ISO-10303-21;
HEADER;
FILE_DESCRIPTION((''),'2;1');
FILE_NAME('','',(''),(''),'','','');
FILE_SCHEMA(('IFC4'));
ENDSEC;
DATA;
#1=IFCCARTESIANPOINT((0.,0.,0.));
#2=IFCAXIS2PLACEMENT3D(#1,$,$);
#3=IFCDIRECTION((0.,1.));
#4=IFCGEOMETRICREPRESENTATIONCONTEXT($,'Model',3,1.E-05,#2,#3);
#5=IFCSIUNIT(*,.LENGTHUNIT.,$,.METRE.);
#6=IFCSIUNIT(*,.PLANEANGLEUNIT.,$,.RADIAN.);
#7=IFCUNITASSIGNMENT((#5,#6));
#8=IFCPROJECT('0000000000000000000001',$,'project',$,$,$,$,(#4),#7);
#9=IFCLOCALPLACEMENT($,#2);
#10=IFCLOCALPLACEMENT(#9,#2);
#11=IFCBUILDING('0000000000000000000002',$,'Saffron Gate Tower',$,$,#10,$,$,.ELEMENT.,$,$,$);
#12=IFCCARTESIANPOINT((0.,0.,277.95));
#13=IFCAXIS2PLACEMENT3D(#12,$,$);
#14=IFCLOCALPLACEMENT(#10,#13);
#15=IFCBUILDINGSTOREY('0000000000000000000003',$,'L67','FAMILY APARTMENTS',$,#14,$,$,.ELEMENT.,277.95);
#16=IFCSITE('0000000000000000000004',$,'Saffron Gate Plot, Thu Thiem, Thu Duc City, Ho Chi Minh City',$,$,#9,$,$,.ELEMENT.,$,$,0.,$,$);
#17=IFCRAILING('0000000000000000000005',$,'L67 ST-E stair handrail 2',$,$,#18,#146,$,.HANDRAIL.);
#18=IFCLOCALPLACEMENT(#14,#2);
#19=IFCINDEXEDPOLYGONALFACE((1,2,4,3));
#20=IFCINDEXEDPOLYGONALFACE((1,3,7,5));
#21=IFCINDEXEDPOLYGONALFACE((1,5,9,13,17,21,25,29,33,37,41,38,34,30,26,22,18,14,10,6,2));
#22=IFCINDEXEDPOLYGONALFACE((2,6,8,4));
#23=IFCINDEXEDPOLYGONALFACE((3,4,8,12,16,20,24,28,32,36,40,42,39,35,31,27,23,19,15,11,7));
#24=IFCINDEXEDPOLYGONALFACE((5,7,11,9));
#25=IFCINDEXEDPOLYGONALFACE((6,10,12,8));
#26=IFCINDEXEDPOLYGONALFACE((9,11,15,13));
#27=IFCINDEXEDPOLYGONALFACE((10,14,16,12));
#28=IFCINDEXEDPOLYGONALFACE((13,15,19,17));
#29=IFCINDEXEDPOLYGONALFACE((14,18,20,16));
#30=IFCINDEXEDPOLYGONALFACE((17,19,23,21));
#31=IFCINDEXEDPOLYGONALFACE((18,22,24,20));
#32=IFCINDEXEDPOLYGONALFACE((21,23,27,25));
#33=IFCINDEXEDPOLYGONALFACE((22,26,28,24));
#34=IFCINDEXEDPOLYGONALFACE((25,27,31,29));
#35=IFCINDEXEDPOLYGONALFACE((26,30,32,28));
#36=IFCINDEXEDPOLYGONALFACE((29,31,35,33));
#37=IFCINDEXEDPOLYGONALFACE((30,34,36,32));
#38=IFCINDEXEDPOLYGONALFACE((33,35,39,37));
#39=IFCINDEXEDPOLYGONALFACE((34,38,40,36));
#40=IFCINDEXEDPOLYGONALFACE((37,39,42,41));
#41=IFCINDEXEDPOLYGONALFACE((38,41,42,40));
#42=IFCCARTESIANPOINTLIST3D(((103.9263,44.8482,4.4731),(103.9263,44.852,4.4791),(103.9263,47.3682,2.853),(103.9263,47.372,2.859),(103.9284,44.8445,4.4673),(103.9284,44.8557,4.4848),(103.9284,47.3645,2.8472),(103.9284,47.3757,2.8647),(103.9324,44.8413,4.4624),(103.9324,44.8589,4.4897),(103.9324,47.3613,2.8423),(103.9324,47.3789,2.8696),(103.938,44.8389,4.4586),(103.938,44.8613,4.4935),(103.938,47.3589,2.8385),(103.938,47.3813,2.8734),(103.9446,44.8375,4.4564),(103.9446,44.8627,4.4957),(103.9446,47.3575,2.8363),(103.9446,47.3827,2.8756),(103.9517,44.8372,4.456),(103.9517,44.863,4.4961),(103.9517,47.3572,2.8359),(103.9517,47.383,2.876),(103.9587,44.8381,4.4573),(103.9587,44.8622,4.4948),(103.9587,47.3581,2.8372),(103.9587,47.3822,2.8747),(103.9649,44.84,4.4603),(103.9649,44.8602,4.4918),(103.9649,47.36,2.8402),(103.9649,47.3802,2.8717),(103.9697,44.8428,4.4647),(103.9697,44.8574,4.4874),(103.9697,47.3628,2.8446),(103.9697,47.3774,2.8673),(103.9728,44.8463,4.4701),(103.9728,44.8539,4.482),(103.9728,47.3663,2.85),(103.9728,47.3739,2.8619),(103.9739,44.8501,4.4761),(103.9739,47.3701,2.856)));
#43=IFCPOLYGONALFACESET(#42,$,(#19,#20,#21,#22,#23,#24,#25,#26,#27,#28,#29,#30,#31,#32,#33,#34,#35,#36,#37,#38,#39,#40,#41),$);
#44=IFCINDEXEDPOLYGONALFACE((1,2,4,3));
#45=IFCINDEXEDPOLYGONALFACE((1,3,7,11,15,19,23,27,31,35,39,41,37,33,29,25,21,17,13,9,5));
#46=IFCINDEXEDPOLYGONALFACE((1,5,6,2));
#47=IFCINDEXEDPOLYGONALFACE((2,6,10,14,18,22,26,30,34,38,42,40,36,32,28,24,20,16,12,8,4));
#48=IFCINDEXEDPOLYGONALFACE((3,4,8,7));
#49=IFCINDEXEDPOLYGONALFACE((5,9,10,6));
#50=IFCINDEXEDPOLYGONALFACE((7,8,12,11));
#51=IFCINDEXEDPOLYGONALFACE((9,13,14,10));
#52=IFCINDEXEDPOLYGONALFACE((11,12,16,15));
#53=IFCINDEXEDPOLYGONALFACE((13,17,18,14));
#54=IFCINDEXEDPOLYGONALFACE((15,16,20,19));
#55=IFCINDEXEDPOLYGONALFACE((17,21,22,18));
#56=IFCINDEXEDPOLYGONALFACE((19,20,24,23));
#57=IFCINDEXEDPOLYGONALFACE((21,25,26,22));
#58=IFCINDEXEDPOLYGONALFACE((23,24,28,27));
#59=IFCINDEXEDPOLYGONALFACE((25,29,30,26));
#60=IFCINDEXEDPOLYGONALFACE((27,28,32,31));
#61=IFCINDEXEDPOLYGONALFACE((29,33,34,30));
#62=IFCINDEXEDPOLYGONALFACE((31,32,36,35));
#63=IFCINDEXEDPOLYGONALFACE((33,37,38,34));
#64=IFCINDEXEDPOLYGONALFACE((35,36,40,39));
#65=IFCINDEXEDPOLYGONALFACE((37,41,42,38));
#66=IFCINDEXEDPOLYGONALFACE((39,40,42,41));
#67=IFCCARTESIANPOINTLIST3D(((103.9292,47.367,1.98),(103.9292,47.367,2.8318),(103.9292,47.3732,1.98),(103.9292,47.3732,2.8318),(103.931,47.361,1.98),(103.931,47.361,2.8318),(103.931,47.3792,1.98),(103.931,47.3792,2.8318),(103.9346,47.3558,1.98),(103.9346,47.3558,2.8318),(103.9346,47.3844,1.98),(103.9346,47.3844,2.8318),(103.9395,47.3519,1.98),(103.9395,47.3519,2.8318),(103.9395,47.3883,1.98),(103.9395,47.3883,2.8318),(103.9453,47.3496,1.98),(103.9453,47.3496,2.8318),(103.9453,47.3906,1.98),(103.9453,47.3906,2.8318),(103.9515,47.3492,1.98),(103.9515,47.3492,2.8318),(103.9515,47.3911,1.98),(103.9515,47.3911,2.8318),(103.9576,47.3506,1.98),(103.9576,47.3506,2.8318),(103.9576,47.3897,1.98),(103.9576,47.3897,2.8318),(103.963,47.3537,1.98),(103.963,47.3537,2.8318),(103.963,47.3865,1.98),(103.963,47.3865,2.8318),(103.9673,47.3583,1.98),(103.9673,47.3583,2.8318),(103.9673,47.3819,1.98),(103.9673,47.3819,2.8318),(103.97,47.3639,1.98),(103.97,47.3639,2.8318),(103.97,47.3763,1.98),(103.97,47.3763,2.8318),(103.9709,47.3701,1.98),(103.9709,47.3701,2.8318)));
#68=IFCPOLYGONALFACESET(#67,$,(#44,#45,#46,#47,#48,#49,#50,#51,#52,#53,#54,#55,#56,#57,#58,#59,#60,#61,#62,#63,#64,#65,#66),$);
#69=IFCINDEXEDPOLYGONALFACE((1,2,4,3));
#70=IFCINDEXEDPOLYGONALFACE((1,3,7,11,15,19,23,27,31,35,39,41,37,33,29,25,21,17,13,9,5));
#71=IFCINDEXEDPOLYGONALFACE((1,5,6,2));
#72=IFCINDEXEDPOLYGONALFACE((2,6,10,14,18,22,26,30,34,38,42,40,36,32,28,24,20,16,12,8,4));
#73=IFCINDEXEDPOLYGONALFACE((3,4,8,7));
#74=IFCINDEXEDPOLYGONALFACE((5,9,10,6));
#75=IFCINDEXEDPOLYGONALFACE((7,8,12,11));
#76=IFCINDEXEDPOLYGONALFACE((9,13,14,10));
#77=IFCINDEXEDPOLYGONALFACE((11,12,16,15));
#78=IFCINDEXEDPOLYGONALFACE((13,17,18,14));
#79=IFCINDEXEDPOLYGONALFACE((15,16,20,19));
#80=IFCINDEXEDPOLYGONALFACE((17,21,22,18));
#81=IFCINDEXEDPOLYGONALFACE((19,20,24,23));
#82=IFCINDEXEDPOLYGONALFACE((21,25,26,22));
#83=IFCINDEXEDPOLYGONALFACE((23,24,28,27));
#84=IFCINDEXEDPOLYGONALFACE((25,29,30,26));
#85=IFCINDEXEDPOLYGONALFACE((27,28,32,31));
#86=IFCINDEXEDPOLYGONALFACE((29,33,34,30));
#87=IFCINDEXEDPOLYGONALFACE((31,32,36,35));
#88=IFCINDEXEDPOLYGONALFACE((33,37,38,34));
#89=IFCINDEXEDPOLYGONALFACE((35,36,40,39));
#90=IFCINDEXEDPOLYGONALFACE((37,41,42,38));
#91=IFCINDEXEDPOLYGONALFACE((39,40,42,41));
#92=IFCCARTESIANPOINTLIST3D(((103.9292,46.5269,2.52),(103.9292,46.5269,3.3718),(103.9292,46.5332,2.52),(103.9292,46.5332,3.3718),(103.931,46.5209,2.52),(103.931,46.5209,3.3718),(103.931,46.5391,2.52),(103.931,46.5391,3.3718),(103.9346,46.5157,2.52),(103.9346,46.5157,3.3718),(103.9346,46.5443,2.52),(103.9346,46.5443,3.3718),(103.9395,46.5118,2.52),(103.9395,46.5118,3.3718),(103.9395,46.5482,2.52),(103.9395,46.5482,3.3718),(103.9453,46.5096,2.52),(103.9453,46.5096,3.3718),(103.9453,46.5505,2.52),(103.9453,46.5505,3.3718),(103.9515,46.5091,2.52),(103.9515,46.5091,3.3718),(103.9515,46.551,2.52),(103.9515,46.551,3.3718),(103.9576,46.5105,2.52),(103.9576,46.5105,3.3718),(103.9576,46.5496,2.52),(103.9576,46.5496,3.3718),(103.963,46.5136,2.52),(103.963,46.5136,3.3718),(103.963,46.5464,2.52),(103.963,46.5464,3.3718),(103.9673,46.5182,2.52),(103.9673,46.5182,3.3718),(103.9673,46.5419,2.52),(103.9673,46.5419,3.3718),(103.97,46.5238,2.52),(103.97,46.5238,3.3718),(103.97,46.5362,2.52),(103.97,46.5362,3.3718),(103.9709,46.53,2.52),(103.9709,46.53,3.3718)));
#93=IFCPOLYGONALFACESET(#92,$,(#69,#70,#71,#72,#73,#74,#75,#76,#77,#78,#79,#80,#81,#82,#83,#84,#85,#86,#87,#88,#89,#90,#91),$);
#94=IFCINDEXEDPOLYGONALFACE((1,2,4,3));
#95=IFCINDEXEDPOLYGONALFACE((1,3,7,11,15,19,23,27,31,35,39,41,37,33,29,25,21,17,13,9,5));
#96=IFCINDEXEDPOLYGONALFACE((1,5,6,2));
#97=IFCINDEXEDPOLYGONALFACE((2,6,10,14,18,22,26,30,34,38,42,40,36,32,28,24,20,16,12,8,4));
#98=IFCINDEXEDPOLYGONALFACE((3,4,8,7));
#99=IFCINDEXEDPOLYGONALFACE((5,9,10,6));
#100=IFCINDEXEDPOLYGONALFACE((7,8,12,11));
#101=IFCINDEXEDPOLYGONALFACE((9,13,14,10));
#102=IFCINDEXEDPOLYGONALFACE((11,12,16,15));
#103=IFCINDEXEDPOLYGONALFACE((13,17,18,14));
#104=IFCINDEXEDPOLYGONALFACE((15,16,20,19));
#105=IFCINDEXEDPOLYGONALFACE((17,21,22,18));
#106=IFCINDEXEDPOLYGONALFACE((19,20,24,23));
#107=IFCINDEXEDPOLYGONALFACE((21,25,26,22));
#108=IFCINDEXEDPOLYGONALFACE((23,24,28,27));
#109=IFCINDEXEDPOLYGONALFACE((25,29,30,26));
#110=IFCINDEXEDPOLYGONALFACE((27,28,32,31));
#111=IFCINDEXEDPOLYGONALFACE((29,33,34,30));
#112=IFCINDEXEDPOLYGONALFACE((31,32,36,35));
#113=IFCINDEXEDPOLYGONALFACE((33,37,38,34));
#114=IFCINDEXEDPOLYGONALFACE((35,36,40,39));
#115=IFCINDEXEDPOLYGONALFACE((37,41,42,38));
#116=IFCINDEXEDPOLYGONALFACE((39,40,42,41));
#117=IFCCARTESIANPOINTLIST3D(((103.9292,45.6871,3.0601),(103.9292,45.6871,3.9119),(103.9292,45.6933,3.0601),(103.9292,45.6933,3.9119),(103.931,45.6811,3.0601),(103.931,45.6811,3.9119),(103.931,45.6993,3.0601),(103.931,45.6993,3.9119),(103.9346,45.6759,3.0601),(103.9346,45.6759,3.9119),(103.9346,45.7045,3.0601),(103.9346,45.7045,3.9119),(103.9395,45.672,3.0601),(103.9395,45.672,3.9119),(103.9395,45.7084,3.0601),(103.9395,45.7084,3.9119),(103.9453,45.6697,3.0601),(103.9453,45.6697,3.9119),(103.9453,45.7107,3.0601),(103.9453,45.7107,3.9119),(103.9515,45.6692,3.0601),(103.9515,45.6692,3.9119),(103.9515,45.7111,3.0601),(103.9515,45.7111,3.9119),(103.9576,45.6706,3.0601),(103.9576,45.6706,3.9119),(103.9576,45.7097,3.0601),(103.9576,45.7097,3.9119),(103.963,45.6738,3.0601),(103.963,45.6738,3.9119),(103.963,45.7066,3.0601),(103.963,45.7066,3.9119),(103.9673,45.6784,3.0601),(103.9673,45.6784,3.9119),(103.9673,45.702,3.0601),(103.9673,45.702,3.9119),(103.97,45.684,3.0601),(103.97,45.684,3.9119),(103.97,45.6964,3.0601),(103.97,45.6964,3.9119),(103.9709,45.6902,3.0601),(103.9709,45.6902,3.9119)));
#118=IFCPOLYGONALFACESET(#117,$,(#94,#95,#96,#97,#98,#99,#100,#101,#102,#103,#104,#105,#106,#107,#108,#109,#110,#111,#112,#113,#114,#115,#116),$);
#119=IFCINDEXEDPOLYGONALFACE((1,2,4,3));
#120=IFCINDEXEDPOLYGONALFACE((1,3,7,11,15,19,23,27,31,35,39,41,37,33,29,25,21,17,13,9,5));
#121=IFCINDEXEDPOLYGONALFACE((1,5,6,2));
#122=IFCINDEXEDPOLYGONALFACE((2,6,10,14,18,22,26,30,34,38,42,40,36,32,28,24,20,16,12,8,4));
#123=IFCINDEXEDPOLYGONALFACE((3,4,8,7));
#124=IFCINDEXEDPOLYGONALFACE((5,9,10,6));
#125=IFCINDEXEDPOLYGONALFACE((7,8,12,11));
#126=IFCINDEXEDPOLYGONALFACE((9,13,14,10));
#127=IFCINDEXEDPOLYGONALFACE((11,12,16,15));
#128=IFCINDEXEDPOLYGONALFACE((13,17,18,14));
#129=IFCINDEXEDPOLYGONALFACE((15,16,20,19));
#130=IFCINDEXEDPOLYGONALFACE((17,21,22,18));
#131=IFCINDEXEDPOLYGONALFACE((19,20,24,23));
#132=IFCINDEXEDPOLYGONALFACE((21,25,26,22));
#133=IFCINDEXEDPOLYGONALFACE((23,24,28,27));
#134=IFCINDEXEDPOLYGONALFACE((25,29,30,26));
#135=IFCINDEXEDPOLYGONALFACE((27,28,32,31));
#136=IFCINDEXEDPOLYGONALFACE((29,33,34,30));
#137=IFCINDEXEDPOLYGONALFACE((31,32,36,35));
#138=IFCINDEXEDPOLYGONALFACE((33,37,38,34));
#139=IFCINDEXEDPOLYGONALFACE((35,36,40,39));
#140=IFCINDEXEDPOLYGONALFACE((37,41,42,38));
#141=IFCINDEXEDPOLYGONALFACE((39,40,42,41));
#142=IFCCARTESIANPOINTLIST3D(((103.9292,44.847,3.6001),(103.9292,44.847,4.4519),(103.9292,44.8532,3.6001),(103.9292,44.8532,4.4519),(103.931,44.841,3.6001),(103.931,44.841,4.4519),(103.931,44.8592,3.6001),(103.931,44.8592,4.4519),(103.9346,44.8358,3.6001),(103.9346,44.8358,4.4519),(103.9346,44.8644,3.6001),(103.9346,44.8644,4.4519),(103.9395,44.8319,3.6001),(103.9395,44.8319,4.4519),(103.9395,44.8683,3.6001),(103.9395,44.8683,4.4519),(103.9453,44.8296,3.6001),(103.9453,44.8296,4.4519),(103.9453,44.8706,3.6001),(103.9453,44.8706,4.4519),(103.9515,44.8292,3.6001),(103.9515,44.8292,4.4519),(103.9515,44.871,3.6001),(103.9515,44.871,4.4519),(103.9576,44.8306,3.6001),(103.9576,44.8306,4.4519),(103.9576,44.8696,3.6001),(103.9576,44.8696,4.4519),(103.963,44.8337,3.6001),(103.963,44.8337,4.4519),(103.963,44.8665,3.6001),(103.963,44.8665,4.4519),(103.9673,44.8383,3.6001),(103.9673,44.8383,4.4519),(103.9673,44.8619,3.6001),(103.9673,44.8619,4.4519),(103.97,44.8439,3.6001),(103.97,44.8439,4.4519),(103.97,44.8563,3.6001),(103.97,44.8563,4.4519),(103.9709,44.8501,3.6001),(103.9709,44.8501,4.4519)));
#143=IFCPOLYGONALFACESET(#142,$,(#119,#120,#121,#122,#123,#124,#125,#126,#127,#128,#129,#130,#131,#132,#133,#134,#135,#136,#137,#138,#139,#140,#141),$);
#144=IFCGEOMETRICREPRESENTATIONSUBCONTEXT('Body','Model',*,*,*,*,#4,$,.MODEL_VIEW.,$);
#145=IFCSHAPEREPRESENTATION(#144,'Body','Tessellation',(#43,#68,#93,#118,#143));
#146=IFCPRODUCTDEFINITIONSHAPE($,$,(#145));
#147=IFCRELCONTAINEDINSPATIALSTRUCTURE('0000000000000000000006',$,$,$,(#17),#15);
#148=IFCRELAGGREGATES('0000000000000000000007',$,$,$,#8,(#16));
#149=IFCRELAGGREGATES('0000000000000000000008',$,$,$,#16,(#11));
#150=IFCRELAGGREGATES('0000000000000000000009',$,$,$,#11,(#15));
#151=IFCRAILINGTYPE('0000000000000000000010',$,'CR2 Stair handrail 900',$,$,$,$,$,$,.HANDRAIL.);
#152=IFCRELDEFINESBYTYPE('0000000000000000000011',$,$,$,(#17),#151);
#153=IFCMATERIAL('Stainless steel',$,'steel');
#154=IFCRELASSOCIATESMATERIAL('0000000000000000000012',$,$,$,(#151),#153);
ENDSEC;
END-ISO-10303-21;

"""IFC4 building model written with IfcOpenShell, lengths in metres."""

from ifc_helpers import new_model, si_unit, direction, frame, origin, origin_2d, place, context, subcontext, project, spatial, circle, extrude, material, type_object, element, save


model = new_model("IFC4")

# Units and contexts
model_context = context("Model", 3, precision=1e-05, world=origin(), true_north=direction((0.0, 1.0)))
body_context = subcontext(model_context, "Body", "Model", "MODEL_VIEW")
ifc_project = project(units=[si_unit("LENGTHUNIT", "METRE"), si_unit("PLANEANGLEUNIT", "RADIAN")], contexts=[model_context])

# Site, building, storey
site_placement = place(None, origin())
site = spatial("IfcSite", under=ifc_project, at=site_placement, Name="Saffron Gate Plot, Thu Thiem, Thu Duc City, Ho Chi Minh City", CompositionType="ELEMENT", RefElevation=0.0)
building_placement = place(site_placement, origin())
building = spatial("IfcBuilding", under=site, at=building_placement, Name="Saffron Gate Tower", CompositionType="ELEMENT")
storey_placement = place(building_placement, frame((0.0, 0.0, 277.95)))
storey = spatial("IfcBuildingStorey", under=building, at=storey_placement, Name="L67", Description="FAMILY APARTMENTS", CompositionType="ELEMENT", Elevation=277.95)

# Railing
ifc_material_1 = material(Name="Stainless steel", Category="steel")
railing_type_1 = type_object("IfcRailingType", Name="CR2 Stair handrail 900", PredefinedType="HANDRAIL", material=ifc_material_1)
railing_1_placement = place(storey_placement, frame((103.95, 47.3701, 1.98)))
element("IfcRailing", 1, at=railing_1_placement, inside=storey, type_object=railing_type_1, Name="L67 ST-E stair handrail 2", PredefinedType="HANDRAIL", context=body_context, shape_type="SweptSolid", body=[
    extrude(circle(Radius=0.0239, at=origin_2d()), frame((0.0, 0.0, 0.876), z_axis=(0.0, -0.841163, 0.540782), x_axis=(1.0, 0.0, 0.0)), (0.0, 0.0, 1.0), 2.9958),
    extrude(circle(Radius=0.021, at=origin_2d()), origin(), (0.0, 0.0, 1.0), 0.8518),
    extrude(circle(Radius=0.021, at=origin_2d()), frame((0.0, -0.8401, 0.54)), (0.0, 0.0, 1.0), 0.8518),
    extrude(circle(Radius=0.021, at=origin_2d()), frame((0.0, -1.6799, 1.0801)), (0.0, 0.0, 1.0), 0.8518),
    extrude(circle(Radius=0.021, at=origin_2d()), frame((0.0, -2.52, 1.6201)), (0.0, 0.0, 1.0), 0.8518),
])

save(model, "model.ifc")
